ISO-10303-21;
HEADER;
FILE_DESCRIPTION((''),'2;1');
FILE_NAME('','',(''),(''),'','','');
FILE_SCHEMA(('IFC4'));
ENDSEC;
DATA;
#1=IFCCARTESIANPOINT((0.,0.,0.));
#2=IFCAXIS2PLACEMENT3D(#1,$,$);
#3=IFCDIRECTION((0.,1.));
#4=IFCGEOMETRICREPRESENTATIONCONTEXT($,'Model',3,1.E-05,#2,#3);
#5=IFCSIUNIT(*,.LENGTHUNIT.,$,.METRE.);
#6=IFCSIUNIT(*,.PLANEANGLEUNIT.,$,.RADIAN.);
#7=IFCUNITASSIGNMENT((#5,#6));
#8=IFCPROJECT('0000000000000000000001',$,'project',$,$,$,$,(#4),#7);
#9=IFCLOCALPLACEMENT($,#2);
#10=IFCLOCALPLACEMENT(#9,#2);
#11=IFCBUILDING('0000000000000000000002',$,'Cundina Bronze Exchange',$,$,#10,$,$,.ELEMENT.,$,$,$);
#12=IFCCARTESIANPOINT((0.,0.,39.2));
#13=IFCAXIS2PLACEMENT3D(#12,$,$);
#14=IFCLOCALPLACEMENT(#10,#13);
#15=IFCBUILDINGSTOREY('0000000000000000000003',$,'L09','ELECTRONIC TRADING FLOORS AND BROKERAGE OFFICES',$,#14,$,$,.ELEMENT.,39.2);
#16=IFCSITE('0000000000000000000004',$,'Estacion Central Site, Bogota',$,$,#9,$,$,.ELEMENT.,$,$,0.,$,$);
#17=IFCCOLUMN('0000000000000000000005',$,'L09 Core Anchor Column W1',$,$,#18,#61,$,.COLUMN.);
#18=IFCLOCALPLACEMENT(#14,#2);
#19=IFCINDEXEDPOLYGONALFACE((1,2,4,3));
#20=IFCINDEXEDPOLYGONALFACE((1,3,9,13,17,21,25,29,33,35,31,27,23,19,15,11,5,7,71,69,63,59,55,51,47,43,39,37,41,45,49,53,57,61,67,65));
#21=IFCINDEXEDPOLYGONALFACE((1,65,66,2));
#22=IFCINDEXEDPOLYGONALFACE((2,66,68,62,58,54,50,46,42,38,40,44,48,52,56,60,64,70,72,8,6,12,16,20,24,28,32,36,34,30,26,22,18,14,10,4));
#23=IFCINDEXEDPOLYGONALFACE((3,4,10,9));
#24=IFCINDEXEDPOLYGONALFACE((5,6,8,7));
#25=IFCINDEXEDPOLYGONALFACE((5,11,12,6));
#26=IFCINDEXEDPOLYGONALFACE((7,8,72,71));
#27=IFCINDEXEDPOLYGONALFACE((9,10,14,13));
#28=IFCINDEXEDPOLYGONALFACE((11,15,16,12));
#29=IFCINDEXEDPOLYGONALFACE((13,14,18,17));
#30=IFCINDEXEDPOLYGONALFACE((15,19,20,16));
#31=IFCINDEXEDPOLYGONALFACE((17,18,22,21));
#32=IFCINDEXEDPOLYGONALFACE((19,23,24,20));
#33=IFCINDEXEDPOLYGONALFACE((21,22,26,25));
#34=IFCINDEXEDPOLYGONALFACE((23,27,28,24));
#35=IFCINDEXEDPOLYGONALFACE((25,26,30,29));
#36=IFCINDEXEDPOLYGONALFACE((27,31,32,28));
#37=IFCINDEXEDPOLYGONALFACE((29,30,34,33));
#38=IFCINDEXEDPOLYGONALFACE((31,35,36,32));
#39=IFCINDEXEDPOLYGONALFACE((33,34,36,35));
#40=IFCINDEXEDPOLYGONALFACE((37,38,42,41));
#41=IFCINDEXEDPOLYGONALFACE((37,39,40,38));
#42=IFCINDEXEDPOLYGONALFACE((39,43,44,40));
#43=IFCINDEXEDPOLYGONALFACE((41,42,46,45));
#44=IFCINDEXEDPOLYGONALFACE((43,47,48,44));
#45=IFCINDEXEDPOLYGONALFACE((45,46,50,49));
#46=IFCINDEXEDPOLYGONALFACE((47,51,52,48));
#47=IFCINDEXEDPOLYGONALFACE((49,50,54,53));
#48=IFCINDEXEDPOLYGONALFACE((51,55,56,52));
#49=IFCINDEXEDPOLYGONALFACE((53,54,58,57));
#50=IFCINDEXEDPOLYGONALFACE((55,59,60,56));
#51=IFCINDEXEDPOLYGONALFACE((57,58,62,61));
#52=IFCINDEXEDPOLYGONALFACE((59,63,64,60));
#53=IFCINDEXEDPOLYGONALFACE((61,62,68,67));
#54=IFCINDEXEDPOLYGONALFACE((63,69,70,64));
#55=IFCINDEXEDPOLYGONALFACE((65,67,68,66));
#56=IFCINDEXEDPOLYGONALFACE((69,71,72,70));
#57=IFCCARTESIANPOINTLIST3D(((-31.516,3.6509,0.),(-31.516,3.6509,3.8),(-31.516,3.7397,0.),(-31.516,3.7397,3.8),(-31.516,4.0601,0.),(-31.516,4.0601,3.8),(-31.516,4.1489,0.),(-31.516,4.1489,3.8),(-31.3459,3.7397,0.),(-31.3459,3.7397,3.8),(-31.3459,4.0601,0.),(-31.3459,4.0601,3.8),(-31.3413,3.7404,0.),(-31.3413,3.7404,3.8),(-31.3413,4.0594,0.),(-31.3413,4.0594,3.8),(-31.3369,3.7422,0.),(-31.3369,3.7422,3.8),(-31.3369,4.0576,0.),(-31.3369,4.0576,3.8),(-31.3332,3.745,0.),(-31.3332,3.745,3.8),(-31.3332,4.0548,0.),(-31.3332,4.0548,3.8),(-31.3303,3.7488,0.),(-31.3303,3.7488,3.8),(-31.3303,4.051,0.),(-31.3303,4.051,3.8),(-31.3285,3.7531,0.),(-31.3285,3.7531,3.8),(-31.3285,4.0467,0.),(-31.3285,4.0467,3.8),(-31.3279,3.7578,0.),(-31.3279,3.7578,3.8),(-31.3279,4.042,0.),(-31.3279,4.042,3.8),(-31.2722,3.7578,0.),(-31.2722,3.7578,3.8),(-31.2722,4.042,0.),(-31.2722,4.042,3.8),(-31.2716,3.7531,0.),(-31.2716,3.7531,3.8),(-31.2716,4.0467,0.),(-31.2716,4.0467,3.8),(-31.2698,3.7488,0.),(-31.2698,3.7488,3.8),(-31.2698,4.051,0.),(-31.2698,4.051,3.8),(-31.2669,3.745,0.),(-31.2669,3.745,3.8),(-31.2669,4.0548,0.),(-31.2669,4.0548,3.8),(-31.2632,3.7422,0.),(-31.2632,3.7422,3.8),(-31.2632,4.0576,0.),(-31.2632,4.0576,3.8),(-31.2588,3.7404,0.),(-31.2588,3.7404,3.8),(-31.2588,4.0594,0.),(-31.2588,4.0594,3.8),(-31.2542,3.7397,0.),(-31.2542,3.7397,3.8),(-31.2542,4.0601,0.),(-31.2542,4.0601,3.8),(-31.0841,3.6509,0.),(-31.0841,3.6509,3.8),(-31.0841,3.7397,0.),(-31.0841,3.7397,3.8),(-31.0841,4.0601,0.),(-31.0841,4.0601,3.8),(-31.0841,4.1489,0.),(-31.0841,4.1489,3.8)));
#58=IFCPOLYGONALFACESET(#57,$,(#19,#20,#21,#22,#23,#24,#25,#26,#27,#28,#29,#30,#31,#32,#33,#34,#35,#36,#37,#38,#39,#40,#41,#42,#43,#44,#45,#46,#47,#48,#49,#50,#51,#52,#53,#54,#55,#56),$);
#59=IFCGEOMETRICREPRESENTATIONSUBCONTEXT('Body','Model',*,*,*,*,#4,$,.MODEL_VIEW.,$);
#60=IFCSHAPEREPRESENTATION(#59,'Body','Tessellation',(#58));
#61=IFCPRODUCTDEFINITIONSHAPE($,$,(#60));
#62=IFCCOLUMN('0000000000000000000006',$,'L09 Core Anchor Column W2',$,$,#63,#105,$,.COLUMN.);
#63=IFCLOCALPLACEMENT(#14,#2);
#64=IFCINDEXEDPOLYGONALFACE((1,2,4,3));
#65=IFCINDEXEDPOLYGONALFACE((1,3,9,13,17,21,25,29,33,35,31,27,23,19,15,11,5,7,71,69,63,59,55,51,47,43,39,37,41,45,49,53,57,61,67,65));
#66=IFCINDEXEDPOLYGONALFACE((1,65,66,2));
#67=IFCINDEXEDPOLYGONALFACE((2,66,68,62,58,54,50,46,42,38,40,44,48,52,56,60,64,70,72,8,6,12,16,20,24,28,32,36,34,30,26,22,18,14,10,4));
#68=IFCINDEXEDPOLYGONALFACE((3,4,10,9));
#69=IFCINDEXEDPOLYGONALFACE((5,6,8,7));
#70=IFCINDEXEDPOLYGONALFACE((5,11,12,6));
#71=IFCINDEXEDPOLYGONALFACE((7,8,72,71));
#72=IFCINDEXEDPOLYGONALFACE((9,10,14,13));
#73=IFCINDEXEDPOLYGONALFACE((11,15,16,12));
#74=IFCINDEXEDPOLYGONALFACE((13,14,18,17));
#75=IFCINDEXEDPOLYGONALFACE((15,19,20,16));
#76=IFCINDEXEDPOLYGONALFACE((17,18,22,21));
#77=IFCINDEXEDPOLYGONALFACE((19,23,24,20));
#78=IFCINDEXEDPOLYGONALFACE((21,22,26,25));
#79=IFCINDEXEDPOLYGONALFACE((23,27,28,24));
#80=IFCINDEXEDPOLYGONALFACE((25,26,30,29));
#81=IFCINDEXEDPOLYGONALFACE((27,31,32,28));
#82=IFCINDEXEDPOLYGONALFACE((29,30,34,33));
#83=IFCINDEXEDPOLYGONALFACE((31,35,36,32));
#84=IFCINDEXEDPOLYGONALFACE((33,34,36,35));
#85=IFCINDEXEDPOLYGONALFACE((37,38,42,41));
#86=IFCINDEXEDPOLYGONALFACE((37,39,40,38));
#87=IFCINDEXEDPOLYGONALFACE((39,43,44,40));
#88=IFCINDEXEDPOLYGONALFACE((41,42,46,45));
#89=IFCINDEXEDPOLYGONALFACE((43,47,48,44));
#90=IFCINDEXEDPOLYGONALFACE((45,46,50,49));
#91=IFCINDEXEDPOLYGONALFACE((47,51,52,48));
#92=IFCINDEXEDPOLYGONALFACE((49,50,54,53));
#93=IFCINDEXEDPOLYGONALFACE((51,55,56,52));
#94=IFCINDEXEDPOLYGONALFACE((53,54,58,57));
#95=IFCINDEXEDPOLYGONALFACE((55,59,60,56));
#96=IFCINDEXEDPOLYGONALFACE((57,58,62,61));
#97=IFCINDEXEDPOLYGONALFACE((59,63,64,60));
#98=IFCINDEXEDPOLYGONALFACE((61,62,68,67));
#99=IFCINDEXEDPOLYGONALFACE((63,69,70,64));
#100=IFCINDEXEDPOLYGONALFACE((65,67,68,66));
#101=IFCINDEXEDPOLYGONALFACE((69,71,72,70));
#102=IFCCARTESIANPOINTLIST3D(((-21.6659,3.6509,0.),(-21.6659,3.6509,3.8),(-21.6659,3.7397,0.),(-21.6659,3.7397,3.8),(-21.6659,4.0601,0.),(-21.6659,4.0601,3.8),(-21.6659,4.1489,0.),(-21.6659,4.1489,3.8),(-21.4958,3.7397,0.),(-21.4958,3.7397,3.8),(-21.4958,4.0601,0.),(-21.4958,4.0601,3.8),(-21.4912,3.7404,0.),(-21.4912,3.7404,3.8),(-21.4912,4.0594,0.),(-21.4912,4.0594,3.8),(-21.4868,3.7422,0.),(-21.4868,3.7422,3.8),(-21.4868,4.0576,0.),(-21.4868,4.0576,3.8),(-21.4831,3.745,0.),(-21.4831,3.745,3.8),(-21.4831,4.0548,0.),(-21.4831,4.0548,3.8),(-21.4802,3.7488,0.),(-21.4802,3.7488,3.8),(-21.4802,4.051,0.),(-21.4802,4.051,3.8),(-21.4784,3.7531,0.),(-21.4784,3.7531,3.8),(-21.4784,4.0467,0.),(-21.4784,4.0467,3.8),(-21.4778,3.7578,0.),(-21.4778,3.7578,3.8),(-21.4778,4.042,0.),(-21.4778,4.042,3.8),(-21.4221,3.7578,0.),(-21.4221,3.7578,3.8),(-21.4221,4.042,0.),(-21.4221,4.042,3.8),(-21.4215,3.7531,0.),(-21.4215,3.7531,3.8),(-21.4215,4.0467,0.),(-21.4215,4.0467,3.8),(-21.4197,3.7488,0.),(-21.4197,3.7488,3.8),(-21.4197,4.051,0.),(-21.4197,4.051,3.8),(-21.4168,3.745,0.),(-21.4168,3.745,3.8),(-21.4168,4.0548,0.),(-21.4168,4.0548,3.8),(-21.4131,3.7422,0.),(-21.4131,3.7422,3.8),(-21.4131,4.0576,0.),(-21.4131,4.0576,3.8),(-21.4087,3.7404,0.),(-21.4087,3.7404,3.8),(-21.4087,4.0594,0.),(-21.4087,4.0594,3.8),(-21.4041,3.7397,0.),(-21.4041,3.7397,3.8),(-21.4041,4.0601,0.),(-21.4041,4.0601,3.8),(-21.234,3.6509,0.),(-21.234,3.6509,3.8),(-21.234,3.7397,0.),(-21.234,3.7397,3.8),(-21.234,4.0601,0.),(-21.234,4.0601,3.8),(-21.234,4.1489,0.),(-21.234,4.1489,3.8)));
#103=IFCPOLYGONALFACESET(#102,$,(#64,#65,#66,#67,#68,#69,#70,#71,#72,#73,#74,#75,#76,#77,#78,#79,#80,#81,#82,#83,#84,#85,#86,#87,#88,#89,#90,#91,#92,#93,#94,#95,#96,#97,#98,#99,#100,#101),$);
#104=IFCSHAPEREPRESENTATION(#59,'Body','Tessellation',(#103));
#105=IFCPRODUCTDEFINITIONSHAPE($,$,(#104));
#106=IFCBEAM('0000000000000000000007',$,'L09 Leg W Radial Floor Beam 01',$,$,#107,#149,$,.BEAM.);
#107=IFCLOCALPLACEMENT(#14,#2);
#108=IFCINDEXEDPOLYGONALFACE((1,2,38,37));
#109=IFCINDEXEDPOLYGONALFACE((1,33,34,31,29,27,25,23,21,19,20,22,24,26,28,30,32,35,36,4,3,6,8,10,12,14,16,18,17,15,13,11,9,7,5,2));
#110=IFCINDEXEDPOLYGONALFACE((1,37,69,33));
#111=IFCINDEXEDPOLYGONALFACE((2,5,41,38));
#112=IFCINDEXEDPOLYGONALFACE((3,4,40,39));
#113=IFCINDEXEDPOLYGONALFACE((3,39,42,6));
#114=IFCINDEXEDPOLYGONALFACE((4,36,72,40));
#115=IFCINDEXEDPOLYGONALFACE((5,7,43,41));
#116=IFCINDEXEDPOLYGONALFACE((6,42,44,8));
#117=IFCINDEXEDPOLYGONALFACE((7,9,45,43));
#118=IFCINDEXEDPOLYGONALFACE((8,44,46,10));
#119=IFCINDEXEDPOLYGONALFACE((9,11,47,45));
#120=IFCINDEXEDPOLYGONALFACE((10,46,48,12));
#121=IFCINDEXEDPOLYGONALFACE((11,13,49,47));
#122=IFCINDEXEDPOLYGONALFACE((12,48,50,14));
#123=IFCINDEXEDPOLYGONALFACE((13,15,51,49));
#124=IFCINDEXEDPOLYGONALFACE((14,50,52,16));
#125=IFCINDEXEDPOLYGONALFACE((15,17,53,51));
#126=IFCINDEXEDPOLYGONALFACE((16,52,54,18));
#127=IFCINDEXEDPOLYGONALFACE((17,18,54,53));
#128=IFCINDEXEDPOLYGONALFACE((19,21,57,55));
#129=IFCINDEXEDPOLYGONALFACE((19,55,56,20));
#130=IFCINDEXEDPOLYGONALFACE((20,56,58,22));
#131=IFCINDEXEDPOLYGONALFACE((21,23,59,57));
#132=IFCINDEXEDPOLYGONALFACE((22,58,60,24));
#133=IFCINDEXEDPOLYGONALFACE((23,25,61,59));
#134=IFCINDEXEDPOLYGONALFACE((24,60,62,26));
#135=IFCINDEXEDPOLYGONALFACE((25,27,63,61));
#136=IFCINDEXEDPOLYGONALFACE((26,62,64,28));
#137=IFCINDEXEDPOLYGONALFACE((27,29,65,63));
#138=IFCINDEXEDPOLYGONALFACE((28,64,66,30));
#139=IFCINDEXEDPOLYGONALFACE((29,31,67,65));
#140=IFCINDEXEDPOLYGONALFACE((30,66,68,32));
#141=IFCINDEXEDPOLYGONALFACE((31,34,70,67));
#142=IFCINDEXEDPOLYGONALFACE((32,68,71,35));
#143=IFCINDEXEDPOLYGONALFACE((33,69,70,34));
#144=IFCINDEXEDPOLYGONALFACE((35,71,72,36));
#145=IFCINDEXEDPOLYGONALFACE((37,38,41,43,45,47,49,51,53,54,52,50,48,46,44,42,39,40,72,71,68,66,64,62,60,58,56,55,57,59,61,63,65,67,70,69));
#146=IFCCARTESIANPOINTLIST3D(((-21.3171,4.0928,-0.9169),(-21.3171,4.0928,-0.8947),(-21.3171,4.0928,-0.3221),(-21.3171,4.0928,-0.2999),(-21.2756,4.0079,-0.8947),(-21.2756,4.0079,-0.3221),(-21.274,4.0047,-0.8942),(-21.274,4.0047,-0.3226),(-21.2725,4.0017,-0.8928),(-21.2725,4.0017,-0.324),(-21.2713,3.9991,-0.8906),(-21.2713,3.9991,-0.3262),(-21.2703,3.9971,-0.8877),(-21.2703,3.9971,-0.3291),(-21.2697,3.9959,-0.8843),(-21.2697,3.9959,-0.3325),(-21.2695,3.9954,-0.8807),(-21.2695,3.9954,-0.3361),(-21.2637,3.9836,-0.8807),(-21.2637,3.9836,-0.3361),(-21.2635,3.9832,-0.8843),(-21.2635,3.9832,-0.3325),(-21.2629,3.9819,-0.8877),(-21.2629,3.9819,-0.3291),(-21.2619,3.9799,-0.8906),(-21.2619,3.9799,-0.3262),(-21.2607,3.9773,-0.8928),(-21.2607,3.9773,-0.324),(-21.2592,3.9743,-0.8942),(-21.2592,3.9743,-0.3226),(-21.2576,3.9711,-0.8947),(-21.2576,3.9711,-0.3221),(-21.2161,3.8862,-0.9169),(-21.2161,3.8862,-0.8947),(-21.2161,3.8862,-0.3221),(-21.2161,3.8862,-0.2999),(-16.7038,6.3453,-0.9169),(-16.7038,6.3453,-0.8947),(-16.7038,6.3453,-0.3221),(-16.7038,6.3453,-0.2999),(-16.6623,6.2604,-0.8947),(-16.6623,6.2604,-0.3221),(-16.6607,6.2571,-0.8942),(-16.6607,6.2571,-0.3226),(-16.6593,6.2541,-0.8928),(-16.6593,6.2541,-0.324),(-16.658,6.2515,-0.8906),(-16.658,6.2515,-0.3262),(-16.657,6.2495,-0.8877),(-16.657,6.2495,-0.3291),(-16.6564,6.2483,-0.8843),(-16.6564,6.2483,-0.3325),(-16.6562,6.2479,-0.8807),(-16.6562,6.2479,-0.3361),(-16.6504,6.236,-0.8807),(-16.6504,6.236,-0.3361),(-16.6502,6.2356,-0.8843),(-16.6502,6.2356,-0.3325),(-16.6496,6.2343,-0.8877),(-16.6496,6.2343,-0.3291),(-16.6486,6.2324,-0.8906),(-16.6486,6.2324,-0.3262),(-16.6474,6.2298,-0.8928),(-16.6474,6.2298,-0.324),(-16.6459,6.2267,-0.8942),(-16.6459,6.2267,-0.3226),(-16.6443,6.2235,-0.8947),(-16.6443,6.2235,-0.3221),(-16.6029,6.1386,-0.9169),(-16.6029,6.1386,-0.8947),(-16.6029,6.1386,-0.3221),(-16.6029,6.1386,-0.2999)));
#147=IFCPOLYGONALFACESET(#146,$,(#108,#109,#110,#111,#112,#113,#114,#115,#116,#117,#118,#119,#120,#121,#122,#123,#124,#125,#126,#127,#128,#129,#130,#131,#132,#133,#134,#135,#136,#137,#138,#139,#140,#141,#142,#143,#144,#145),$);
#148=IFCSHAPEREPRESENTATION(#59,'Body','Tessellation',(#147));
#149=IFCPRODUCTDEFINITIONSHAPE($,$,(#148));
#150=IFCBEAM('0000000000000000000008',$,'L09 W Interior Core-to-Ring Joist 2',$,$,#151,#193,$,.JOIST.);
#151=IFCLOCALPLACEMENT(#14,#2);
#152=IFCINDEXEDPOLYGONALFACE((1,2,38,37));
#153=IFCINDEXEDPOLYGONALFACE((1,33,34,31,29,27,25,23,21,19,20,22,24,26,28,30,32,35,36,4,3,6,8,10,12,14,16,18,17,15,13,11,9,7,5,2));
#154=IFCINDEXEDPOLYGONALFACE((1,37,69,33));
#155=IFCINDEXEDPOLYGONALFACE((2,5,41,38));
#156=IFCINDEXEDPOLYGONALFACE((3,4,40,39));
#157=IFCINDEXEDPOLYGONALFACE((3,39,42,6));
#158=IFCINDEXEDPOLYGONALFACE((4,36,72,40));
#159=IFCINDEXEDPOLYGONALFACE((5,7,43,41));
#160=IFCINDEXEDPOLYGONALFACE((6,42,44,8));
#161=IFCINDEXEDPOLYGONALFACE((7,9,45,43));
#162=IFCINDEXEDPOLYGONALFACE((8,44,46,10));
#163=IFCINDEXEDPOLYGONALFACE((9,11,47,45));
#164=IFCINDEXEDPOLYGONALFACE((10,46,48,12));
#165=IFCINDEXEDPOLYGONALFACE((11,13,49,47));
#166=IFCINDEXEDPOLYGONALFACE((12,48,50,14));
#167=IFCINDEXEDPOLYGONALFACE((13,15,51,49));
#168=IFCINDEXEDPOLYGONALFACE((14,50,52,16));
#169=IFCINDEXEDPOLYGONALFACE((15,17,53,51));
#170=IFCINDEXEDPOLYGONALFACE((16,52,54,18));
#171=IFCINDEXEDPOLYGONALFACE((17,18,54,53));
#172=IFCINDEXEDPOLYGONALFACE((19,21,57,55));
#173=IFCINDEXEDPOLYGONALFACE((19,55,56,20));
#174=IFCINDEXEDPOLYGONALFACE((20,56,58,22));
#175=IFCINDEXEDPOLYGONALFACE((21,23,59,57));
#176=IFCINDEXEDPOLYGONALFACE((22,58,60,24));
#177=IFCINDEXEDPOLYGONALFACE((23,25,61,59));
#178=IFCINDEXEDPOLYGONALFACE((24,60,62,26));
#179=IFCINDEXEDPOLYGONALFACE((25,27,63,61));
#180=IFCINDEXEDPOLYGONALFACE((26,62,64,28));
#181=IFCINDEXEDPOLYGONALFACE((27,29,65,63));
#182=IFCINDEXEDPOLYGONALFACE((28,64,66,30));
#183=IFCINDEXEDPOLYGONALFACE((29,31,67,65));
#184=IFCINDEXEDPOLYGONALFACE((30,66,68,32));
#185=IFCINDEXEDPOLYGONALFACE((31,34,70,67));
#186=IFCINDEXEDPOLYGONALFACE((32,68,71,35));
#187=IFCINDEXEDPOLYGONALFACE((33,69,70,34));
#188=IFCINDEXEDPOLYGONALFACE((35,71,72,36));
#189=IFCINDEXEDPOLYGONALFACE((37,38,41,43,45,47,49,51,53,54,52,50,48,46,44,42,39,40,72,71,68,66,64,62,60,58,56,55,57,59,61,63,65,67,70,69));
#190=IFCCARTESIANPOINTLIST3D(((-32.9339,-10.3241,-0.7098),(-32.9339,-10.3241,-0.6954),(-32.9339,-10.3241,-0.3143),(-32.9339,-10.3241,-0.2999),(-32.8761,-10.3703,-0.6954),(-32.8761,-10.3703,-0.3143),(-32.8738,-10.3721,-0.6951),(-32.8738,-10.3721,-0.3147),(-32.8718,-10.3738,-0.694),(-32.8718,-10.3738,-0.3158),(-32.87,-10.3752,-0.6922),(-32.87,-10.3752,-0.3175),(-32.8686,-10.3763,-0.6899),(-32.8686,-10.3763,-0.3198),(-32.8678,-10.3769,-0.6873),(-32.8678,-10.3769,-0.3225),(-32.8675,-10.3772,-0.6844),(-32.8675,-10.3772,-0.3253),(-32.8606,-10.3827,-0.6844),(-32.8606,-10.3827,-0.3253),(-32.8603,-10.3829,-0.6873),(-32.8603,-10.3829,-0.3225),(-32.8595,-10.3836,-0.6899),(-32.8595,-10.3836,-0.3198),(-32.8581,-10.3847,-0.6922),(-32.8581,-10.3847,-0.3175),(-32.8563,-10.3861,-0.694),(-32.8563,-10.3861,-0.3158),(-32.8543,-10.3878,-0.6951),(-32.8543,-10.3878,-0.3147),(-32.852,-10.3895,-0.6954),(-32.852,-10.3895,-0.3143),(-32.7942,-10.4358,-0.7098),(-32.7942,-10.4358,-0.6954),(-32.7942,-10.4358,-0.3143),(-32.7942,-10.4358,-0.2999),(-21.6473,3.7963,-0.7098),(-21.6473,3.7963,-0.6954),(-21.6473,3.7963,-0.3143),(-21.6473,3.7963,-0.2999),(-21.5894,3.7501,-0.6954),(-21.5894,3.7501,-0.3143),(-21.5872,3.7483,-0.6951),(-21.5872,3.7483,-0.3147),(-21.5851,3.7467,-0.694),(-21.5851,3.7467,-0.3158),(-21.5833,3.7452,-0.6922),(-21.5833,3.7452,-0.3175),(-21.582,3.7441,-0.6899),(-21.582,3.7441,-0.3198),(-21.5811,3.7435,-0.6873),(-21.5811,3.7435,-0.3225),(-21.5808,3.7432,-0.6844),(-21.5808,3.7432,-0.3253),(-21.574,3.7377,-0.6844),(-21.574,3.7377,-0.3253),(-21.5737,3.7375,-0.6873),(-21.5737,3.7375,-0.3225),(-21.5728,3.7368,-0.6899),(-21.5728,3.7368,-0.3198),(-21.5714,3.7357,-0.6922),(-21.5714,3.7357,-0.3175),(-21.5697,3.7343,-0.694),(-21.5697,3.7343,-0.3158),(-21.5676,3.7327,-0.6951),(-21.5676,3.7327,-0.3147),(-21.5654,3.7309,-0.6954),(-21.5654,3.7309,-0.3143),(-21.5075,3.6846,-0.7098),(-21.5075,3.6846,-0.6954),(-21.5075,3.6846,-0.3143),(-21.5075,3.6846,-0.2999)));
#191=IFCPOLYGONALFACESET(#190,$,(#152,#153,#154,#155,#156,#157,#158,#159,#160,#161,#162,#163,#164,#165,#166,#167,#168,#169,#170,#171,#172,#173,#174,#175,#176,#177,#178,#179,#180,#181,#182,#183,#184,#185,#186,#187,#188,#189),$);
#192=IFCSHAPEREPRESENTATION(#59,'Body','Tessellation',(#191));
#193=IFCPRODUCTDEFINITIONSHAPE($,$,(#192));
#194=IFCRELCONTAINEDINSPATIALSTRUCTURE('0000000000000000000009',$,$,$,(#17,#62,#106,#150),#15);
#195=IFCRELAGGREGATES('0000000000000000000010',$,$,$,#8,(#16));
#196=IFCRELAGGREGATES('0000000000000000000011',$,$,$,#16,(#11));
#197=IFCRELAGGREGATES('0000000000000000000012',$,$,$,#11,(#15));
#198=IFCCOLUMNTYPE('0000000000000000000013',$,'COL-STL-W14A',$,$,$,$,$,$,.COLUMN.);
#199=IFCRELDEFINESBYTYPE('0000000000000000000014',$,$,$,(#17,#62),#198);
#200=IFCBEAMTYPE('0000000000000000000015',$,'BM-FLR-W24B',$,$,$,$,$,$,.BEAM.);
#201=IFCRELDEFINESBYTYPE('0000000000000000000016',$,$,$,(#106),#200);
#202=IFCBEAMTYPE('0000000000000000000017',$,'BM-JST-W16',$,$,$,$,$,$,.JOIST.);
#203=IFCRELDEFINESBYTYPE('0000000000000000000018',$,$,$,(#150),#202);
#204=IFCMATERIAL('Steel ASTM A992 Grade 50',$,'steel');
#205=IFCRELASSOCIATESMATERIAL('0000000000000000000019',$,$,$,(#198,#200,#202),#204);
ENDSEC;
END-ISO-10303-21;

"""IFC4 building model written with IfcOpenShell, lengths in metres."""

from ifc_helpers import new_model, si_unit, direction, frame, origin, origin_2d, place, context, subcontext, project, spatial, i_section, extrude, material, material_profile, profile_set, type_object, element, save


model = new_model("IFC4")

# Units and contexts
model_context = context("Model", 3, precision=1e-05, world=origin(), true_north=direction((0.0, 1.0)))
body_context = subcontext(model_context, "Body", "Model", "MODEL_VIEW")
ifc_project = project(units=[si_unit("LENGTHUNIT", "METRE"), si_unit("PLANEANGLEUNIT", "RADIAN")], contexts=[model_context])

# Site, building, storey
site_placement = place(None, origin())
site = spatial("IfcSite", under=ifc_project, at=site_placement, Name="Estacion Central Site, Bogota", CompositionType="ELEMENT", RefElevation=0.0)
building_placement = place(site_placement, origin())
building = spatial("IfcBuilding", under=site, at=building_placement, Name="Cundina Bronze Exchange", CompositionType="ELEMENT")
storey_placement = place(building_placement, frame((0.0, 0.0, 39.2)))
storey = spatial("IfcBuildingStorey", under=building, at=storey_placement, Name="L09", Description="ELECTRONIC TRADING FLOORS AND BROKERAGE OFFICES", CompositionType="ELEMENT", Elevation=39.2)

# Columns
ifc_material_1 = material(Name="Steel ASTM A992 Grade 50", Category="steel")
ifc_material_profile_1 = material_profile(ifc_material_1, i_section(OverallWidth=0.4319, OverallDepth=0.498, WebThickness=0.0557, FlangeThickness=0.0889, FilletRadius=0.0181, at=origin_2d()), Name="W14X500", Category="steel")
ifc_profile_set_1 = profile_set([ifc_material_profile_1], Name="Steel ASTM A992 Grade 50")
column_type = type_object("IfcColumnType", Name="COL-STL-W14A", PredefinedType="COLUMN", material=ifc_profile_set_1)
for number, where, z_axis, x_axis, name in (
    (1, (-31.3, 3.8999, 0.0), (0.0, 0.0, 1.0), (1.0, 0.0, 0.0), "L09 Core Anchor Column W1"),
    (2, (-21.45, 3.8999, 0.0), (0.0, 0.0, 1.0), (1.0, 0.0, 0.0), "L09 Core Anchor Column W2"),
):
    element("IfcColumn", number, at=place(storey_placement, frame(where, z_axis=z_axis, x_axis=x_axis)), inside=storey, type_object=column_type, Name=name, PredefinedType="COLUMN", context=body_context, shape_type="SweptSolid", body=[
        extrude(i_section(OverallWidth=0.4319, OverallDepth=0.498, WebThickness=0.0557, FlangeThickness=0.0889, FilletRadius=0.0181, at=origin_2d()), origin(), (0.0, 0.0, 1.0), 3.8),
    ])

# Beams
ifc_material_profile_2 = material_profile(ifc_material_1, i_section(OverallWidth=0.23, OverallDepth=0.6169, WebThickness=0.0132, FlangeThickness=0.0222, FilletRadius=0.0139, at=origin_2d()), Name="W24X94", Category="steel")
ifc_profile_set_2 = profile_set([ifc_material_profile_2], Name="Steel ASTM A992 Grade 50")
beam_type_1 = type_object("IfcBeamType", Name="BM-FLR-W24B", PredefinedType="BEAM", material=ifc_profile_set_2)
beam_1_placement = place(storey_placement, frame((-21.2666, 3.9895, -0.6084), z_axis=(0.89861, 0.438748, 0.0), x_axis=(-0.438748, 0.89861, 0.0)))
element("IfcBeam", 3, at=beam_1_placement, inside=storey, type_object=beam_type_1, Name="L09 Leg W Radial Floor Beam 01", PredefinedType="BEAM", context=body_context, shape_type="SweptSolid", body=[
    extrude(i_section(OverallWidth=0.23, OverallDepth=0.6169, WebThickness=0.0132, FlangeThickness=0.0222, FilletRadius=0.0139, at=origin_2d()), origin(), (0.0, 0.0, 1.0), 5.1338),
])
ifc_material_profile_3 = material_profile(ifc_material_1, i_section(OverallWidth=0.179, OverallDepth=0.4099, WebThickness=0.0088, FlangeThickness=0.0144, FilletRadius=0.011, at=origin_2d()), Name="W16X45", Category="steel")
ifc_profile_set_3 = profile_set([ifc_material_profile_3], Name="Steel ASTM A992 Grade 50")
beam_type_2 = type_object("IfcBeamType", Name="BM-JST-W16", PredefinedType="JOIST", material=ifc_profile_set_3)
beam_2_placement = place(storey_placement, frame((-21.5774, 3.7405, -0.5049), z_axis=(-0.624369, -0.78113, 0.0), x_axis=(0.78113, -0.624369, 0.0)))
element("IfcBeam", 4, at=beam_2_placement, inside=storey, type_object=beam_type_2, Name="L09 W Interior Core-to-Ring Joist 2", PredefinedType="JOIST", context=body_context, shape_type="SweptSolid", body=[
    extrude(i_section(OverallWidth=0.179, OverallDepth=0.4099, WebThickness=0.0088, FlangeThickness=0.0144, FilletRadius=0.011, at=origin_2d()), origin(), (0.0, 0.0, 1.0), 18.0769),
])

save(model, "model.ifc")
